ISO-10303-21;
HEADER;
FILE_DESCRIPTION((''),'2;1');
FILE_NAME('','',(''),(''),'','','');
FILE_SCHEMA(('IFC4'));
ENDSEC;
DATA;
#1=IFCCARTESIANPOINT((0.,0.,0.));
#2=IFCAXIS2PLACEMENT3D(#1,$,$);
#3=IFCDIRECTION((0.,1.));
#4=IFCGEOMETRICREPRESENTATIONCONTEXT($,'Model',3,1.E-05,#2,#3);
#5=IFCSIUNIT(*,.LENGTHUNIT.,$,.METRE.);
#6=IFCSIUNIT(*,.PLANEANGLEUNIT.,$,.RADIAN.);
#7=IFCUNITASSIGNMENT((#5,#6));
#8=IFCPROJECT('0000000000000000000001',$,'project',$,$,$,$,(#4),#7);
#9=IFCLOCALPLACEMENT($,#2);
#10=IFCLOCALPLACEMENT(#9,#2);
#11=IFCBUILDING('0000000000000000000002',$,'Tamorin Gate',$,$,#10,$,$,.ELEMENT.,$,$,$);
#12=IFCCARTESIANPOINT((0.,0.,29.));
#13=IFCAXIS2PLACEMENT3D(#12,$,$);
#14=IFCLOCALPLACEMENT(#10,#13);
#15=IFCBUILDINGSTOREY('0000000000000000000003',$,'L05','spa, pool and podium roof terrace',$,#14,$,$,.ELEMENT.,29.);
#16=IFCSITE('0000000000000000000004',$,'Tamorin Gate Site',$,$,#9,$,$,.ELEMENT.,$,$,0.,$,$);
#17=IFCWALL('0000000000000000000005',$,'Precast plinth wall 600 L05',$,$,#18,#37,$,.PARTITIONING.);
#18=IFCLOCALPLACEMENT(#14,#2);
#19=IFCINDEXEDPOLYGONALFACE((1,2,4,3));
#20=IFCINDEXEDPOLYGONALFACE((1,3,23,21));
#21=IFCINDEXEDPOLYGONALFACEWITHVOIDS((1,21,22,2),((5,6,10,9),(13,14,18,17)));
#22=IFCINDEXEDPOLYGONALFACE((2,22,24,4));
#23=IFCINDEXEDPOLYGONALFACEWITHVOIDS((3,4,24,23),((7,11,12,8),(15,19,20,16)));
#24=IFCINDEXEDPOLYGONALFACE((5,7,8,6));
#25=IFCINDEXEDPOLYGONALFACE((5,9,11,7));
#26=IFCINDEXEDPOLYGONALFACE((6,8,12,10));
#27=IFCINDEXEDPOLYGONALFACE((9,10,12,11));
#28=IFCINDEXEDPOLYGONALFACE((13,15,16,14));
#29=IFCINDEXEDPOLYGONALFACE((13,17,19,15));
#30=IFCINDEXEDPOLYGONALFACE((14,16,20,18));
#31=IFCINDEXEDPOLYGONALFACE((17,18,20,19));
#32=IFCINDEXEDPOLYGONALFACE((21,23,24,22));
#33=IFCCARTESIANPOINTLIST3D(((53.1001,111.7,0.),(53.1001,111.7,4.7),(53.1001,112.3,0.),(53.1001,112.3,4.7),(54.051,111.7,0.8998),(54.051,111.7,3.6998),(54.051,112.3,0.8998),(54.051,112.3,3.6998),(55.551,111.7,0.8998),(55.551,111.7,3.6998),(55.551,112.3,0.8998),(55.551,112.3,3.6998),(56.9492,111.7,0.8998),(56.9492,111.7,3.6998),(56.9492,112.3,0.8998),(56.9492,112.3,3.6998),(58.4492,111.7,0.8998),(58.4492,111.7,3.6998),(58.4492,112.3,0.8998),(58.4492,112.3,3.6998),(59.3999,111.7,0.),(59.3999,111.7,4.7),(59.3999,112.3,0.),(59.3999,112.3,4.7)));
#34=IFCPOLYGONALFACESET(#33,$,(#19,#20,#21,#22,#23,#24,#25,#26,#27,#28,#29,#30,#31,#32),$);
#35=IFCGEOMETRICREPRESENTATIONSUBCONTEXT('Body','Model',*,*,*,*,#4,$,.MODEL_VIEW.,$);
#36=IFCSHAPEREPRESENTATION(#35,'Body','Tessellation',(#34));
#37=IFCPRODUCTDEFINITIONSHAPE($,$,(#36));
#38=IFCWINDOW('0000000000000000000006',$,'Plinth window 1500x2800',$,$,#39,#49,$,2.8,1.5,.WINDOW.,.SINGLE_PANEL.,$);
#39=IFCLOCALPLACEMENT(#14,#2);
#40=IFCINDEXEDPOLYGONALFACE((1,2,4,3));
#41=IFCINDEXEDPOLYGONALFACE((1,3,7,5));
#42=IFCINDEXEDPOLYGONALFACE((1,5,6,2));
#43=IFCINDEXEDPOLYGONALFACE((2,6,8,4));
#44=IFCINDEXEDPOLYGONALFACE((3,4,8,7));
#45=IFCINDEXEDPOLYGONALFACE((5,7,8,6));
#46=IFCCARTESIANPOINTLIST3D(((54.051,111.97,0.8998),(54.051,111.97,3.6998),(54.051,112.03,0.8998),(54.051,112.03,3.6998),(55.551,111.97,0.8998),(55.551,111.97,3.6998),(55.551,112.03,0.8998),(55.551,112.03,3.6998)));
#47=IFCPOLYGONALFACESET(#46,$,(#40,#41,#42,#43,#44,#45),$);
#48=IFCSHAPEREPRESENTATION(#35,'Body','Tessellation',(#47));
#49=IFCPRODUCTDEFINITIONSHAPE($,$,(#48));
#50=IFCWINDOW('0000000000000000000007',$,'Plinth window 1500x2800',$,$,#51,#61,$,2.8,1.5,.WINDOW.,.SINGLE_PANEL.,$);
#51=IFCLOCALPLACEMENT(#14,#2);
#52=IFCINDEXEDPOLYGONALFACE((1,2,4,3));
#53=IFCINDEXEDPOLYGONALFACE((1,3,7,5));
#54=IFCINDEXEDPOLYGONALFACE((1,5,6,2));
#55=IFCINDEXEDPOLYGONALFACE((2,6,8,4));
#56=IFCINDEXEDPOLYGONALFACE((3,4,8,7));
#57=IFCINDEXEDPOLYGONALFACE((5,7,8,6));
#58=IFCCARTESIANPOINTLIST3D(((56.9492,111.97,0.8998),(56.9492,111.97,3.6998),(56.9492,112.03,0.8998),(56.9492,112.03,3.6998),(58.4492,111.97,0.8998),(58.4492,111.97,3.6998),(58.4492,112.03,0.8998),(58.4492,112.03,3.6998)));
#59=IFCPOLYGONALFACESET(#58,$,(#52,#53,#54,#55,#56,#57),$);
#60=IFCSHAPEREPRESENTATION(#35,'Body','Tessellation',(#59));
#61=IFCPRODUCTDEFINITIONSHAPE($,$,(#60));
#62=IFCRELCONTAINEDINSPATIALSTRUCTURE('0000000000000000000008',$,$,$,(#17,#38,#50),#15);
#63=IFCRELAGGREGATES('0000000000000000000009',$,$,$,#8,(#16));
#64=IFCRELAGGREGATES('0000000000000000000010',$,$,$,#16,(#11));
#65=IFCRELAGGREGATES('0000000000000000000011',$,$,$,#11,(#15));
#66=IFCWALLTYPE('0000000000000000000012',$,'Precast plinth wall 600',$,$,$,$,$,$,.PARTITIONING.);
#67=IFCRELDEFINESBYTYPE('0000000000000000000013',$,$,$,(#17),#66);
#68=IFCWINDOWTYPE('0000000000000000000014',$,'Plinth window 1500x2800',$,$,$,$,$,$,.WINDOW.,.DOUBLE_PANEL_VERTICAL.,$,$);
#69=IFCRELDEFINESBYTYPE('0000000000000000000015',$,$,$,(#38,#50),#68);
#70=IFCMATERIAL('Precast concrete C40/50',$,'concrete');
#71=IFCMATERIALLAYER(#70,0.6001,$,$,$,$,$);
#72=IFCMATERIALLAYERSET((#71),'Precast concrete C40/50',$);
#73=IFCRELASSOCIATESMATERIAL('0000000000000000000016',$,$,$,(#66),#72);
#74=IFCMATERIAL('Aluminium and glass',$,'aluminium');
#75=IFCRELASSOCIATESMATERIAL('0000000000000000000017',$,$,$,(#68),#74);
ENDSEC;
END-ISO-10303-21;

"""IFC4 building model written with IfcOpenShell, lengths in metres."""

from ifc_helpers import new_model, si_unit, direction, frame, frame_2d, origin, place, context, subcontext, project, spatial, rectangle, extrude, material, layer, layer_set, type_object, element, fill, save


model = new_model("IFC4")

# Units and contexts
model_context = context("Model", 3, precision=1e-05, world=origin(), true_north=direction((0.0, 1.0)))
body_context = subcontext(model_context, "Body", "Model", "MODEL_VIEW")
ifc_project = project(units=[si_unit("LENGTHUNIT", "METRE"), si_unit("PLANEANGLEUNIT", "RADIAN")], contexts=[model_context])

# Site, building, storey
site_placement = place(None, origin())
site = spatial("IfcSite", under=ifc_project, at=site_placement, Name="Tamorin Gate Site", CompositionType="ELEMENT", RefElevation=0.0)
building_placement = place(site_placement, origin())
building = spatial("IfcBuilding", under=site, at=building_placement, Name="Tamorin Gate", CompositionType="ELEMENT")
storey_placement = place(building_placement, frame((0.0, 0.0, 29.0)))
storey = spatial("IfcBuildingStorey", under=building, at=storey_placement, Name="L05", Description="spa, pool and podium roof terrace", CompositionType="ELEMENT", Elevation=29.0)

# Wall, openings, windows
ifc_material_1 = material(Name="Precast concrete C40/50", Category="concrete")
ifc_layer_1 = layer(ifc_material_1, 0.6001)
ifc_layer_set_1 = layer_set([ifc_layer_1], Name="Precast concrete C40/50")
wall_type_1 = type_object("IfcWallType", Name="Precast plinth wall 600", PredefinedType="PARTITIONING", material=ifc_layer_set_1)
ifc_material_2 = material(Name="Aluminium and glass", Category="aluminium")
window_type = type_object("IfcWindowType", Name="Plinth window 1500x2800", PartitioningType="DOUBLE_PANEL_VERTICAL", PredefinedType="WINDOW", material=ifc_material_2)
wall_1_placement = place(storey_placement, frame((53.1001, 112.0, 0.0), z_axis=(0.0, 0.0, 1.0), x_axis=(1.0, 0.0, 0.0)))
wall_1 = element("IfcWall", 1, at=wall_1_placement, inside=storey, type_object=wall_type_1, Name="Precast plinth wall 600 L05", PredefinedType="PARTITIONING", context=body_context, shape_type="SweptSolid", body=[
    extrude(rectangle(XDim=6.2998, YDim=0.6001, at=frame_2d((3.1499, 0.0))), origin(), (0.0, 0.0, 1.0), 4.7),
])
opening_1_placement = place(wall_1_placement, frame((0.9509, 0.0, 0.8999)))
opening_1 = element("IfcOpeningElement", 2, at=opening_1_placement, cuts=wall_1, PredefinedType="OPENING", context=body_context, shape_type="SweptSolid", body=[
    extrude(rectangle(XDim=1.5, YDim=2.8, at=frame_2d((0.75, 1.3999))), frame((0.0, 0.3101, 0.0), z_axis=(0.0, -1.0, 0.0), x_axis=(1.0, 0.0, 0.0)), (0.0, 0.0, 1.0), 0.6201),
])
opening_2_placement = place(wall_1_placement, frame((3.8491, 0.0, 0.8999)))
opening_2 = element("IfcOpeningElement", 3, at=opening_2_placement, cuts=wall_1, PredefinedType="OPENING", context=body_context, shape_type="SweptSolid", body=[
    extrude(rectangle(XDim=1.5, YDim=2.8, at=frame_2d((0.75, 1.3999))), frame((0.0, 0.3101, 0.0), z_axis=(0.0, -1.0, 0.0), x_axis=(1.0, 0.0, 0.0)), (0.0, 0.0, 1.0), 0.6201),
])
window_1_placement = place(opening_1_placement, origin())
window_1 = element("IfcWindow", 4, at=window_1_placement, inside=storey, type_object=window_type, Name="Plinth window 1500x2800", OverallHeight=2.8, OverallWidth=1.5, PartitioningType="SINGLE_PANEL", PredefinedType="WINDOW", context=body_context, shape_type="SweptSolid", body=[
    extrude(rectangle(XDim=1.5, YDim=2.8, at=frame_2d((0.75, 1.3999))), frame((0.0, 0.03, 0.0), z_axis=(0.0, -1.0, 0.0), x_axis=(1.0, 0.0, 0.0)), (0.0, 0.0, 1.0), 0.0601),
])
fill(opening_1, window_1)
window_2_placement = place(opening_2_placement, origin())
window_2 = element("IfcWindow", 5, at=window_2_placement, inside=storey, type_object=window_type, Name="Plinth window 1500x2800", OverallHeight=2.8, OverallWidth=1.5, PartitioningType="SINGLE_PANEL", PredefinedType="WINDOW", context=body_context, shape_type="SweptSolid", body=[
    extrude(rectangle(XDim=1.5, YDim=2.8, at=frame_2d((0.75, 1.3999))), frame((0.0, 0.03, 0.0), z_axis=(0.0, -1.0, 0.0), x_axis=(1.0, 0.0, 0.0)), (0.0, 0.0, 1.0), 0.0601),
])
fill(opening_2, window_2)

save(model, "model.ifc")
